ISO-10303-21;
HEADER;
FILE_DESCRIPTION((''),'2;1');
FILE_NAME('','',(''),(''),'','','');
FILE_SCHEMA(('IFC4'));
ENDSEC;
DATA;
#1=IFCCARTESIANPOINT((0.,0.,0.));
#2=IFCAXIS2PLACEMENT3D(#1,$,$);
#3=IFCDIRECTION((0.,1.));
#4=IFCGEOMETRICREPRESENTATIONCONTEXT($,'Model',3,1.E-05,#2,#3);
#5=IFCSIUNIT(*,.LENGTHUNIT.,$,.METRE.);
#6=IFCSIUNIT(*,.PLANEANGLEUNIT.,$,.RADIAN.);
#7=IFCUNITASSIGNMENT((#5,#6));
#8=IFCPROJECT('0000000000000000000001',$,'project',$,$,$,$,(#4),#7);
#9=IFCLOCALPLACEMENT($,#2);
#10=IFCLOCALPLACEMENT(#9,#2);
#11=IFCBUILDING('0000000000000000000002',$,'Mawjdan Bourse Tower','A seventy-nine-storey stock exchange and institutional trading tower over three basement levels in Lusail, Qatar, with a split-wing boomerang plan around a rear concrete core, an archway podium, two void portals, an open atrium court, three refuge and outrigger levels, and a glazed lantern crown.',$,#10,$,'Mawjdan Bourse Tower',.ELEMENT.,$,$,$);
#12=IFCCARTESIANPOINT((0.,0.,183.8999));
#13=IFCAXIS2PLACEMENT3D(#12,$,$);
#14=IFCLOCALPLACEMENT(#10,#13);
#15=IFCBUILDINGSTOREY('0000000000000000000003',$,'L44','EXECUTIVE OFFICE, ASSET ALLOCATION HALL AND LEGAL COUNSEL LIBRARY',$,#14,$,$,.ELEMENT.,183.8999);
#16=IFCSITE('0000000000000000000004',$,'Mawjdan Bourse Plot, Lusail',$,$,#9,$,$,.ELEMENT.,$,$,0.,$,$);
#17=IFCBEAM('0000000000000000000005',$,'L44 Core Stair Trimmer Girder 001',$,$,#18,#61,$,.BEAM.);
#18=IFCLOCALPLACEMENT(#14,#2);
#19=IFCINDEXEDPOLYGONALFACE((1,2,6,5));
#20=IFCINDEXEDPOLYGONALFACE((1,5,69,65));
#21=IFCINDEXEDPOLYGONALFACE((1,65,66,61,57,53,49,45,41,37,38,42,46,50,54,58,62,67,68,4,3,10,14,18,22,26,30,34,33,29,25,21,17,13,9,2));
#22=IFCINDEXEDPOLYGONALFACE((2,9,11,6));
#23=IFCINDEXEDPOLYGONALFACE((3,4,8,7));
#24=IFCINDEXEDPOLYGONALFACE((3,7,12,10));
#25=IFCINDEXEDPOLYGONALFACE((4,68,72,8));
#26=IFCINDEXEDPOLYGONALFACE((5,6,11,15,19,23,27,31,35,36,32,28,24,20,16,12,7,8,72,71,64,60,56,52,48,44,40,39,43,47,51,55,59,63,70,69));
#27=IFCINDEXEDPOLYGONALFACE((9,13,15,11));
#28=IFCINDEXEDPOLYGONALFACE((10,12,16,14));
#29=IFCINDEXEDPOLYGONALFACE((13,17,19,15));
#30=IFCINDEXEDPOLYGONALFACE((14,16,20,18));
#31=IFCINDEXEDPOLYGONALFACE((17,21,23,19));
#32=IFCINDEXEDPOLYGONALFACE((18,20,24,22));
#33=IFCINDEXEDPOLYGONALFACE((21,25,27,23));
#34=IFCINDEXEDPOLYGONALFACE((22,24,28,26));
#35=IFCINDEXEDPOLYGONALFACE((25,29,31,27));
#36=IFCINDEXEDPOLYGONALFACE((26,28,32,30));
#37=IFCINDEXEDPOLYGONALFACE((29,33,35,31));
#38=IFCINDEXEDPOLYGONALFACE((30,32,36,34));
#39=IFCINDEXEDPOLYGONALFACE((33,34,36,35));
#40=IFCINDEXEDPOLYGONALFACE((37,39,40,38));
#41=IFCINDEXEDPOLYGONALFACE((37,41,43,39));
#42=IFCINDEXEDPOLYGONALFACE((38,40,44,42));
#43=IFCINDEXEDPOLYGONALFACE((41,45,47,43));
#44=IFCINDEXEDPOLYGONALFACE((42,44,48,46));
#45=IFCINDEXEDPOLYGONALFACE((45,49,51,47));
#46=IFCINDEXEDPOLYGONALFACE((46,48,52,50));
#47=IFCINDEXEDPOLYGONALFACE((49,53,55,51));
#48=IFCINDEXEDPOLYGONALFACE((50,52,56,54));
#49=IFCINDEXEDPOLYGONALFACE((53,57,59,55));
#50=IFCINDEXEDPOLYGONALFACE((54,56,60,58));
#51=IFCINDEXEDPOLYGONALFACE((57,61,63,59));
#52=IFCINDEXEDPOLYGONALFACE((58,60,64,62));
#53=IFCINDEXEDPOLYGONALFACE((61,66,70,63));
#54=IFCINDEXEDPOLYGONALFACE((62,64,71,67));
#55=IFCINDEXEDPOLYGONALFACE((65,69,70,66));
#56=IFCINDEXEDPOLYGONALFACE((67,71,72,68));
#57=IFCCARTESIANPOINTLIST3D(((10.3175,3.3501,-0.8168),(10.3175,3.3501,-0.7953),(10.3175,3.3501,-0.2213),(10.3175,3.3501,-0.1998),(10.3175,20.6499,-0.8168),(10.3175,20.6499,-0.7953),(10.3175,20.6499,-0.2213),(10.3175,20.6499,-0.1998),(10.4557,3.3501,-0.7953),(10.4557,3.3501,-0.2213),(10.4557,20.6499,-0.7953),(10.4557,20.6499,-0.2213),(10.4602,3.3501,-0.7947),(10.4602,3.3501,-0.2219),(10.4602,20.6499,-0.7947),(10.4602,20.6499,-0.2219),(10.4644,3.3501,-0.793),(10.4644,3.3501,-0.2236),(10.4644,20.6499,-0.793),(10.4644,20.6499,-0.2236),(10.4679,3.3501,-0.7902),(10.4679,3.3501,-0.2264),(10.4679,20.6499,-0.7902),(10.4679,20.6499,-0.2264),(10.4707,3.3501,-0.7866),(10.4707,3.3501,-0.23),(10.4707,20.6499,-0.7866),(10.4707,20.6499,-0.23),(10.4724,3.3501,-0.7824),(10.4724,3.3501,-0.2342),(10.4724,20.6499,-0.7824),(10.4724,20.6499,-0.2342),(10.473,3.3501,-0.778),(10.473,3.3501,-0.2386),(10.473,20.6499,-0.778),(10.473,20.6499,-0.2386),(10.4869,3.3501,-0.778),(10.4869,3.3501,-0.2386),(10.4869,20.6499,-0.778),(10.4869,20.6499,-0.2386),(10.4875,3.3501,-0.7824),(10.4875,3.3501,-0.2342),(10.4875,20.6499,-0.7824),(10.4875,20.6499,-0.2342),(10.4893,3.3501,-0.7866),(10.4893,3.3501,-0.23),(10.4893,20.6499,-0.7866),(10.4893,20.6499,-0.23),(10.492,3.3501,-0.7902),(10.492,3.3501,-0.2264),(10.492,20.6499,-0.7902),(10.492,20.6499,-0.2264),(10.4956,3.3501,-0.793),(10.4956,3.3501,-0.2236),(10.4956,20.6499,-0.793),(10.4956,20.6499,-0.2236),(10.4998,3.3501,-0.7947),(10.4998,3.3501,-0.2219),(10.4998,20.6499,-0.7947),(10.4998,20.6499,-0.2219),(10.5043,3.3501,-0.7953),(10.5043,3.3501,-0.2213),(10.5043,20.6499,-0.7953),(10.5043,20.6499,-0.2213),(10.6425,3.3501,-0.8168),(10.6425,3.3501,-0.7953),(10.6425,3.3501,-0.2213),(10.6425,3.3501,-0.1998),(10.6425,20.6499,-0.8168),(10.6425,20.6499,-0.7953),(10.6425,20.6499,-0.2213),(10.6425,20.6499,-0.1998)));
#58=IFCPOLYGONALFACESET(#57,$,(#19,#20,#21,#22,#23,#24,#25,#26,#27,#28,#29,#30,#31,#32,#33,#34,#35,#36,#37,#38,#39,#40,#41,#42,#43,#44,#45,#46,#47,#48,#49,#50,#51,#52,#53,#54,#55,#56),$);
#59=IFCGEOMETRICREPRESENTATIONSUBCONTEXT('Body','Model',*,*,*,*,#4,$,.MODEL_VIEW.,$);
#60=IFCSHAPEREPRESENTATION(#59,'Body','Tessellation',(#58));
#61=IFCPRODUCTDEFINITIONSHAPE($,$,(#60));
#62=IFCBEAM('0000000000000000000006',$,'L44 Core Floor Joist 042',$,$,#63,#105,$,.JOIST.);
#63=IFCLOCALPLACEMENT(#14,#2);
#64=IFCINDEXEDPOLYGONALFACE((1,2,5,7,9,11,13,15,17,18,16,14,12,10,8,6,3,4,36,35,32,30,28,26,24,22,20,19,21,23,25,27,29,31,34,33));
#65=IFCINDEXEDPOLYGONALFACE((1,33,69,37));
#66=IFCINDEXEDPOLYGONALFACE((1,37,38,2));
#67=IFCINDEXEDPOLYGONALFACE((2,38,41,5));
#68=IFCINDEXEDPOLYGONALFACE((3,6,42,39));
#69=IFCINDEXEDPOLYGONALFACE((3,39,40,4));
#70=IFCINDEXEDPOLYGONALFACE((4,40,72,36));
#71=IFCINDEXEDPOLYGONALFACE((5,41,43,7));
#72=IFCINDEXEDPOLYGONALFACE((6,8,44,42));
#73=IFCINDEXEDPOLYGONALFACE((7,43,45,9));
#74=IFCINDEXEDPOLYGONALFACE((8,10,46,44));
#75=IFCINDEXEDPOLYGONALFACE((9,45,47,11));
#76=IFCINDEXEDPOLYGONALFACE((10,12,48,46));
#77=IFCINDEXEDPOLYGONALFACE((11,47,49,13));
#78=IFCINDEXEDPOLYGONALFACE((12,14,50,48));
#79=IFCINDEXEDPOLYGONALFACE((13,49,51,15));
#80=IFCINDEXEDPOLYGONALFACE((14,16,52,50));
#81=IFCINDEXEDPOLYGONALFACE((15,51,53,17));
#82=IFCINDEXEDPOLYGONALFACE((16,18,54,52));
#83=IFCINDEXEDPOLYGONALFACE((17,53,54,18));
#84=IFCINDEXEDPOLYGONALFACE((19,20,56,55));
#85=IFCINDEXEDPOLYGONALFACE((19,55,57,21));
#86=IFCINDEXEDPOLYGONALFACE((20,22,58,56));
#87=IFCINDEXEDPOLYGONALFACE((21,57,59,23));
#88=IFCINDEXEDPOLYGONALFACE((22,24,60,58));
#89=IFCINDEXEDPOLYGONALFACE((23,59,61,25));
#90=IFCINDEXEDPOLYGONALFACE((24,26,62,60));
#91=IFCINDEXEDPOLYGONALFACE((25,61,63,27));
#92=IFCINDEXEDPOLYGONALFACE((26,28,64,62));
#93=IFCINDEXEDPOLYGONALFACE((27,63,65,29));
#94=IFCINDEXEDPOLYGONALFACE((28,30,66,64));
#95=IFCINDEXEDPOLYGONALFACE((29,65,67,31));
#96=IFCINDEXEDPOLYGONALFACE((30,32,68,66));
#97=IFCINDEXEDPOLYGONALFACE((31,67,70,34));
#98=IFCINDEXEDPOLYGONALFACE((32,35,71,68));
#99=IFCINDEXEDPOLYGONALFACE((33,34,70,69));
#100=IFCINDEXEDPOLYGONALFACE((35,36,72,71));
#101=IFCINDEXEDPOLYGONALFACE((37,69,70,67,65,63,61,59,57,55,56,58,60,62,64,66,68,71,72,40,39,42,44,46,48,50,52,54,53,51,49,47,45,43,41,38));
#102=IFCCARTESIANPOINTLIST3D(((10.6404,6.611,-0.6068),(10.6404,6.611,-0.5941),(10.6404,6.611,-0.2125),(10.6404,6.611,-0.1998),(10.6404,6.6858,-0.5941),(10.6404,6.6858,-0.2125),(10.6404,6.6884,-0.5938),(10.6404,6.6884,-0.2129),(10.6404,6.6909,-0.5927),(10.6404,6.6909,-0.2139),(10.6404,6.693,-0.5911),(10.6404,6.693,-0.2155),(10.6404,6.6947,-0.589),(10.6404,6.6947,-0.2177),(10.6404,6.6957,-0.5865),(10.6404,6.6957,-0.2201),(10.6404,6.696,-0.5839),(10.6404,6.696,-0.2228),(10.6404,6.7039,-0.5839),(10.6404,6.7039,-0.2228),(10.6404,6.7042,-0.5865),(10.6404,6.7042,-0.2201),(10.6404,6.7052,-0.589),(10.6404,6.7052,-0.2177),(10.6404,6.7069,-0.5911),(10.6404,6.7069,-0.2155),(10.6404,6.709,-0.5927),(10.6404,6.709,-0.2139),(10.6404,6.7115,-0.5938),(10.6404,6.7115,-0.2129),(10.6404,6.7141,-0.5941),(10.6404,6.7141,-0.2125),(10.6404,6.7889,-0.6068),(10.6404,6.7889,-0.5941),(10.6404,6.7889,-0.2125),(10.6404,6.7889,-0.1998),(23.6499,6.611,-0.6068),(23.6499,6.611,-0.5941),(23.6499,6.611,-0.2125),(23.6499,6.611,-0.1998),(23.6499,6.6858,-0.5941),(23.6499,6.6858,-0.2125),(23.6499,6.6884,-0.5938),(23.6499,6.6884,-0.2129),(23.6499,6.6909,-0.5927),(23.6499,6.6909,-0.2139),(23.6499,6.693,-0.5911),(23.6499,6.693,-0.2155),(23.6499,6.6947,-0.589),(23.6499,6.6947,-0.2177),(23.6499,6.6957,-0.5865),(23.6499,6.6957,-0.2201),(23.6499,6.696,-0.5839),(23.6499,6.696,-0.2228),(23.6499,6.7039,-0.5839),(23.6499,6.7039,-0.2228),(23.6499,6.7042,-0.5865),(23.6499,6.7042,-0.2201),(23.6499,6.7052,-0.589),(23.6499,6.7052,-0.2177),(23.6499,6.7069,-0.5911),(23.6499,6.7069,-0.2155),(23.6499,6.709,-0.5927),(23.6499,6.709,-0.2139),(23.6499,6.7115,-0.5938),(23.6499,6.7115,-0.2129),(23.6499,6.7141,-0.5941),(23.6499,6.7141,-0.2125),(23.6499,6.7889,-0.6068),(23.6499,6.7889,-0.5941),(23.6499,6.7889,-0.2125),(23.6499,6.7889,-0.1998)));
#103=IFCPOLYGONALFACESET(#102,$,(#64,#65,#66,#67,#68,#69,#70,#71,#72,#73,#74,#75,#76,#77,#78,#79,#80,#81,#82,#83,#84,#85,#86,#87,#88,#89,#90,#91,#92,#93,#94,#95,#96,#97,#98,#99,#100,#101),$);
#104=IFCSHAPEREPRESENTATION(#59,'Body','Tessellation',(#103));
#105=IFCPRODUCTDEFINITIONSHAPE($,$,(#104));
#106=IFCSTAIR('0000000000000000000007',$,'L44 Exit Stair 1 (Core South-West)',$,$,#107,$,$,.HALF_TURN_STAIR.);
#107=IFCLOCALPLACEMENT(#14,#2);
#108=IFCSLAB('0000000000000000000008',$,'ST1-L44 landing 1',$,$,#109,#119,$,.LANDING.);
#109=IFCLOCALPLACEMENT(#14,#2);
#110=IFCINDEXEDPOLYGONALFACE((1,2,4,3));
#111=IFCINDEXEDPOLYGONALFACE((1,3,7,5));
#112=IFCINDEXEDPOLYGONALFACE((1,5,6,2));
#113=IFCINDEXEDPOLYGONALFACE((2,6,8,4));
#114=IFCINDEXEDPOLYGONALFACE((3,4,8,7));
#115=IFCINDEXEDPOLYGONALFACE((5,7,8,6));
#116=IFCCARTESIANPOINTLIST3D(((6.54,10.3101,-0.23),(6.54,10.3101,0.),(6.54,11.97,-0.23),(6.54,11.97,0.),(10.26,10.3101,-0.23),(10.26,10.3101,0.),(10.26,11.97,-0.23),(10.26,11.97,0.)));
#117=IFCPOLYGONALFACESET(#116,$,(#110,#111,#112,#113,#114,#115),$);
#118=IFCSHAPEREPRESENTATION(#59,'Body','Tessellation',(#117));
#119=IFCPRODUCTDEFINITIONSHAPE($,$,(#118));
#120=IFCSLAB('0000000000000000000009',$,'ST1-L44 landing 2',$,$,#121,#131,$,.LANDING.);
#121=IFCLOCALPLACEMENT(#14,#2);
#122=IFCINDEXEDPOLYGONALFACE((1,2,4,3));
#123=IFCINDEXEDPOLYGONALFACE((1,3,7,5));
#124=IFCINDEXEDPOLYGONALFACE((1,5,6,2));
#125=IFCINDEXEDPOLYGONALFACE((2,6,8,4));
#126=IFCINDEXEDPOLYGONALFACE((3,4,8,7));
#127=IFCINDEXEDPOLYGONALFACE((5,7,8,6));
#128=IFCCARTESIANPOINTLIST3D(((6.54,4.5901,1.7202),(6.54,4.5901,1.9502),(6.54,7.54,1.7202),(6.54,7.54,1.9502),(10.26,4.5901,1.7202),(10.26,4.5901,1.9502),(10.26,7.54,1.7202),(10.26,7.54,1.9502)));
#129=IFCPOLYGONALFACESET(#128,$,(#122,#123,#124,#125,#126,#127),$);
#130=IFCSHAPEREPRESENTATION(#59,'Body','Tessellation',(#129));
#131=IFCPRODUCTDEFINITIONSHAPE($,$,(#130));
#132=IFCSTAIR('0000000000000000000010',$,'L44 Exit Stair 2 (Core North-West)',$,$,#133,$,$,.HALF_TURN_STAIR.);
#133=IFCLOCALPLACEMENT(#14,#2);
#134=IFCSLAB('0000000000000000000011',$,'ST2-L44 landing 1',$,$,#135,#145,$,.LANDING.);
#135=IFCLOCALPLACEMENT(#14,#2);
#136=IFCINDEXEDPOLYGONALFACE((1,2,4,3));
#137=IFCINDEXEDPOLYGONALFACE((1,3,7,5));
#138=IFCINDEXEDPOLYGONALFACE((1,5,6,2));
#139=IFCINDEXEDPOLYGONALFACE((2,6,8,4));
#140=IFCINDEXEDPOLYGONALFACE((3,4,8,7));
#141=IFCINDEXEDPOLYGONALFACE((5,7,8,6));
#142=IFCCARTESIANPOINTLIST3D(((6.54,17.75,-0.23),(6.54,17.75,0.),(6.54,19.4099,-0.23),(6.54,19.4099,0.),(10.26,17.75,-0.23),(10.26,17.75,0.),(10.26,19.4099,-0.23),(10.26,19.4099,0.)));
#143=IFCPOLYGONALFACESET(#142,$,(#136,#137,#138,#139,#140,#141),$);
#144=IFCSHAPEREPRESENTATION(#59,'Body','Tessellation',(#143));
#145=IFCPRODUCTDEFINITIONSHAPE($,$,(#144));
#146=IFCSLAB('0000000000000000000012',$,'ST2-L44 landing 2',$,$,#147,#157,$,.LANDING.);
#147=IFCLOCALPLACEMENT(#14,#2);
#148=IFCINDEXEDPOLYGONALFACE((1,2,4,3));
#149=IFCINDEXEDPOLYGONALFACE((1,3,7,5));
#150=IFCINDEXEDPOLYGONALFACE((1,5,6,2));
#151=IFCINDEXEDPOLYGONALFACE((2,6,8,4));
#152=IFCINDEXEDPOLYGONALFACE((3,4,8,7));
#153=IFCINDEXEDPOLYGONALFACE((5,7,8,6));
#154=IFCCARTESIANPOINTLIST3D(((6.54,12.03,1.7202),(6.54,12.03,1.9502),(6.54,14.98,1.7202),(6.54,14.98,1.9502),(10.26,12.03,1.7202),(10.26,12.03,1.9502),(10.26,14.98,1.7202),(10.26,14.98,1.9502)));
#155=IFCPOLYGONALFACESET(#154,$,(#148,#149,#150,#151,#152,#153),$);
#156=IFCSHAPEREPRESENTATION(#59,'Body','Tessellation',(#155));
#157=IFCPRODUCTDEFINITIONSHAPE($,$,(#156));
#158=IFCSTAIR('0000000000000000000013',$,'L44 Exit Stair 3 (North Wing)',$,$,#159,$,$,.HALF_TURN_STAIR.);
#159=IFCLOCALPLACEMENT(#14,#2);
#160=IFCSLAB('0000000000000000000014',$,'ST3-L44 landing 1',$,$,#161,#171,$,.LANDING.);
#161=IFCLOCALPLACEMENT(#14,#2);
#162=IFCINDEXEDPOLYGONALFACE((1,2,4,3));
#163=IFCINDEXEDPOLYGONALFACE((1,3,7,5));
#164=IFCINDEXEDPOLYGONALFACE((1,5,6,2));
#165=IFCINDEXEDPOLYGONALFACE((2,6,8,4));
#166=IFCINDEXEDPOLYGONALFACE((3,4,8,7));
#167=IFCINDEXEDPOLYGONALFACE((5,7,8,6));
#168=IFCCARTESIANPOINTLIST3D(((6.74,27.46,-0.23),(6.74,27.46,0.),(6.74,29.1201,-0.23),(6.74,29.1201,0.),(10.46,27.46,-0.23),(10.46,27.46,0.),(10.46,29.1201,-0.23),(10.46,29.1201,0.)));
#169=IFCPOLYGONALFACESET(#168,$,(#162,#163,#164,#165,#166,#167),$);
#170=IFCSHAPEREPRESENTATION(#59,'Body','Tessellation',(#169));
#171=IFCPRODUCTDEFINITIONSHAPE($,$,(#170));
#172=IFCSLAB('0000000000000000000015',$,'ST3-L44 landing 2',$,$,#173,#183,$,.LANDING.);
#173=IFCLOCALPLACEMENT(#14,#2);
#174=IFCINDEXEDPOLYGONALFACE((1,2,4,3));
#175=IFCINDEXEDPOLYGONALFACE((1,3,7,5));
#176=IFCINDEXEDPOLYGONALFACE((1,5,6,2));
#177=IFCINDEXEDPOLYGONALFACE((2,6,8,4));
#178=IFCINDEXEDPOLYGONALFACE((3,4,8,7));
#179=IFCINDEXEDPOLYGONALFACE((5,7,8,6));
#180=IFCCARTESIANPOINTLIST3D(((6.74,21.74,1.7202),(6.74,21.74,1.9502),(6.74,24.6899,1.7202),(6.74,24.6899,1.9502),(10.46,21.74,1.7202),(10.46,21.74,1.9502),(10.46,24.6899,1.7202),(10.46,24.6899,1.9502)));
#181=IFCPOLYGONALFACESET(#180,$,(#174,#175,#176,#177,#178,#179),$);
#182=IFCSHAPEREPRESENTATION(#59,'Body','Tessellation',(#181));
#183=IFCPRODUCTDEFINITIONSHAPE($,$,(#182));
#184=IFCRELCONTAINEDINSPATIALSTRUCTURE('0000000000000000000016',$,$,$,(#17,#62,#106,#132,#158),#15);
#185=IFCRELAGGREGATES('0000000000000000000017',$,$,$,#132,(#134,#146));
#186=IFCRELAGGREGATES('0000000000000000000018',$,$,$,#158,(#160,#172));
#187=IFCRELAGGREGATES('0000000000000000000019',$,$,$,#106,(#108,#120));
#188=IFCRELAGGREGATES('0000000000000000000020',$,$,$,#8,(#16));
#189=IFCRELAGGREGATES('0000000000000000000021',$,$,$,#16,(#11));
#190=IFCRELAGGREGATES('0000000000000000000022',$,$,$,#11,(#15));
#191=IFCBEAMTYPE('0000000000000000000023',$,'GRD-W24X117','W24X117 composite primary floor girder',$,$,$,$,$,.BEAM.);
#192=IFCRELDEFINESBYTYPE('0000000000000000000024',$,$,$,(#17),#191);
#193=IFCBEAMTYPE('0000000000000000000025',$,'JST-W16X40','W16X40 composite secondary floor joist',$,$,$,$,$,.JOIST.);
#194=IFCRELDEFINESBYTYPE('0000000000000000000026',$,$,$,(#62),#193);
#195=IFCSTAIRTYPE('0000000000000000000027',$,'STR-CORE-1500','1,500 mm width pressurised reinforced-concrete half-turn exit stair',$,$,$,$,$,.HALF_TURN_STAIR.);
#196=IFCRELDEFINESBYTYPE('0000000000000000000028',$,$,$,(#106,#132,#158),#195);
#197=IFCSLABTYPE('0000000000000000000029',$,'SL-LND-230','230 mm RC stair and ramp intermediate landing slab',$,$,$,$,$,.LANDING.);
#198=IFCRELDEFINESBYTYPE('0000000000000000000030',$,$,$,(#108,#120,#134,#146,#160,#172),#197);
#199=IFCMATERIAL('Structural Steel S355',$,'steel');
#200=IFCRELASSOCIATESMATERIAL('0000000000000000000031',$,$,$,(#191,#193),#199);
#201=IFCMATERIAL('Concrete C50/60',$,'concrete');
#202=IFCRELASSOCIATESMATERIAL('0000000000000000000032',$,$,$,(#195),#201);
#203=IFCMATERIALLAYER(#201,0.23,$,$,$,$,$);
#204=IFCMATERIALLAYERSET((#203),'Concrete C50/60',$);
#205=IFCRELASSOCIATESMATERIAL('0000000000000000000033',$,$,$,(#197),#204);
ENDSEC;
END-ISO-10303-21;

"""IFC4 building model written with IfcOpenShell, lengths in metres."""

from ifc_helpers import new_model, si_unit, direction, frame, origin, origin_2d, place, context, subcontext, project, spatial, polyline, i_section, outline, extrude, material, layer, layer_set, material_profile, profile_set, type_object, element, aggregate, save


model = new_model("IFC4")

# Units and contexts
model_context = context("Model", 3, precision=1e-05, world=origin(), true_north=direction((0.0, 1.0)))
body_context = subcontext(model_context, "Body", "Model", "MODEL_VIEW")
ifc_project = project(units=[si_unit("LENGTHUNIT", "METRE"), si_unit("PLANEANGLEUNIT", "RADIAN")], contexts=[model_context])

# Site, building, storey
site_placement = place(None, origin())
site = spatial("IfcSite", under=ifc_project, at=site_placement, Name="Mawjdan Bourse Plot, Lusail", CompositionType="ELEMENT", RefElevation=0.0)
building_placement = place(site_placement, origin())
building = spatial("IfcBuilding", under=site, at=building_placement, Name="Mawjdan Bourse Tower", Description="A seventy-nine-storey stock exchange and institutional trading tower over three basement levels in Lusail, Qatar, with a split-wing boomerang plan around a rear concrete core, an archway podium, two void portals, an open atrium court, three refuge and outrigger levels, and a glazed lantern crown.", LongName="Mawjdan Bourse Tower", CompositionType="ELEMENT")
storey_placement = place(building_placement, frame((0.0, 0.0, 183.8999)))
storey = spatial("IfcBuildingStorey", under=building, at=storey_placement, Name="L44", Description="EXECUTIVE OFFICE, ASSET ALLOCATION HALL AND LEGAL COUNSEL LIBRARY", CompositionType="ELEMENT", Elevation=183.8999)

# Beams
ifc_material_1 = material(Name="Structural Steel S355", Category="steel")
ifc_material_profile_1 = material_profile(ifc_material_1, i_section(OverallWidth=0.325, OverallDepth=0.6169, WebThickness=0.0139, FlangeThickness=0.0215, FilletRadius=0.0173, at=origin_2d()), Name="W24X117")
ifc_profile_set_1 = profile_set([ifc_material_profile_1], Name="Structural Steel S355")
beam_type_1 = type_object("IfcBeamType", Name="GRD-W24X117", Description="W24X117 composite primary floor girder", PredefinedType="BEAM", material=ifc_profile_set_1)
beam_1_placement = place(storey_placement, frame((10.48, 3.3501, -0.5083), z_axis=(0.0, 1.0, 0.0), x_axis=(-1.0, 0.0, 0.0)))
element("IfcBeam", 1, at=beam_1_placement, inside=storey, type_object=beam_type_1, Name="L44 Core Stair Trimmer Girder 001", PredefinedType="BEAM", context=body_context, shape_type="SweptSolid", body=[
    extrude(i_section(OverallWidth=0.325, OverallDepth=0.6169, WebThickness=0.0139, FlangeThickness=0.0215, FilletRadius=0.0173, at=origin_2d()), origin(), (0.0, 0.0, 1.0), 17.2998),
])
ifc_material_profile_2 = material_profile(ifc_material_1, i_section(OverallWidth=0.178, OverallDepth=0.407, WebThickness=0.0078, FlangeThickness=0.0127, FilletRadius=0.0103, at=origin_2d()), Name="W16X40")
ifc_profile_set_2 = profile_set([ifc_material_profile_2], Name="Structural Steel S355")
beam_type_2 = type_object("IfcBeamType", Name="JST-W16X40", Description="W16X40 composite secondary floor joist", PredefinedType="JOIST", material=ifc_profile_set_2)
beam_2_placement = place(storey_placement, frame((10.6404, 6.7, -0.4033), z_axis=(1.0, 0.0, 0.0), x_axis=(0.0, 1.0, 0.0)))
element("IfcBeam", 2, at=beam_2_placement, inside=storey, type_object=beam_type_2, Name="L44 Core Floor Joist 042", PredefinedType="JOIST", context=body_context, shape_type="SweptSolid", body=[
    extrude(i_section(OverallWidth=0.178, OverallDepth=0.407, WebThickness=0.0078, FlangeThickness=0.0127, FilletRadius=0.0103, at=origin_2d()), origin(), (0.0, 0.0, 1.0), 13.0095),
])

# Stairs, slabs
ifc_material_2 = material(Name="Concrete C50/60", Category="concrete")
stair_type = type_object("IfcStairType", Name="STR-CORE-1500", Description="1,500 mm width pressurised reinforced-concrete half-turn exit stair", PredefinedType="HALF_TURN_STAIR", material=ifc_material_2)
stair_1_placement = place(storey_placement, origin())
stair_1 = element("IfcStair", 3, at=stair_1_placement, inside=storey, type_object=stair_type, Name="L44 Exit Stair 1 (Core South-West)", PredefinedType="HALF_TURN_STAIR")
ifc_layer_1 = layer(ifc_material_2, 0.23)
ifc_layer_set_1 = layer_set([ifc_layer_1], Name="Concrete C50/60")
slab_type_1 = type_object("IfcSlabType", Name="SL-LND-230", Description="230 mm RC stair and ramp intermediate landing slab", PredefinedType="LANDING", material=ifc_layer_set_1)
slab_1_placement = place(storey_placement, frame((0.0, 0.0, -0.23)))
slab_1 = element("IfcSlab", 4, at=slab_1_placement, type_object=slab_type_1, Name="ST1-L44 landing 1", PredefinedType="LANDING", context=body_context, shape_type="SweptSolid", body=[
    extrude(outline(polyline([(6.54, 10.3101), (10.26, 10.3101), (10.26, 11.97), (6.54, 11.97), (6.54, 10.3101)])), origin(), (0.0, 0.0, 1.0), 0.23),
])
slab_2_placement = place(storey_placement, frame((0.0, 0.0, 1.7202)))
slab_2 = element("IfcSlab", 5, at=slab_2_placement, type_object=slab_type_1, Name="ST1-L44 landing 2", PredefinedType="LANDING", context=body_context, shape_type="SweptSolid", body=[
    extrude(outline(polyline([(6.54, 4.5901), (10.26, 4.5901), (10.26, 7.54), (6.54, 7.54), (6.54, 4.5901)])), origin(), (0.0, 0.0, 1.0), 0.23),
])
stair_2_placement = place(storey_placement, origin())
stair_2 = element("IfcStair", 6, at=stair_2_placement, inside=storey, type_object=stair_type, Name="L44 Exit Stair 2 (Core North-West)", PredefinedType="HALF_TURN_STAIR")
slab_3_placement = place(storey_placement, frame((0.0, 0.0, -0.23)))
slab_3 = element("IfcSlab", 7, at=slab_3_placement, type_object=slab_type_1, Name="ST2-L44 landing 1", PredefinedType="LANDING", context=body_context, shape_type="SweptSolid", body=[
    extrude(outline(polyline([(6.54, 17.75), (10.26, 17.75), (10.26, 19.4099), (6.54, 19.4099), (6.54, 17.75)])), origin(), (0.0, 0.0, 1.0), 0.23),
])
slab_4_placement = place(storey_placement, frame((0.0, 0.0, 1.7202)))
slab_4 = element("IfcSlab", 8, at=slab_4_placement, type_object=slab_type_1, Name="ST2-L44 landing 2", PredefinedType="LANDING", context=body_context, shape_type="SweptSolid", body=[
    extrude(outline(polyline([(6.54, 12.03), (10.26, 12.03), (10.26, 14.98), (6.54, 14.98), (6.54, 12.03)])), origin(), (0.0, 0.0, 1.0), 0.23),
])
aggregate(stair_2, [slab_3, slab_4])
stair_3_placement = place(storey_placement, origin())
stair_3 = element("IfcStair", 9, at=stair_3_placement, inside=storey, type_object=stair_type, Name="L44 Exit Stair 3 (North Wing)", PredefinedType="HALF_TURN_STAIR")
slab_5_placement = place(storey_placement, frame((0.0, 0.0, -0.23)))
slab_5 = element("IfcSlab", 10, at=slab_5_placement, type_object=slab_type_1, Name="ST3-L44 landing 1", PredefinedType="LANDING", context=body_context, shape_type="SweptSolid", body=[
    extrude(outline(polyline([(6.74, 27.46), (10.46, 27.46), (10.46, 29.1201), (6.74, 29.1201), (6.74, 27.46)])), origin(), (0.0, 0.0, 1.0), 0.23),
])
slab_6_placement = place(storey_placement, frame((0.0, 0.0, 1.7202)))
slab_6 = element("IfcSlab", 11, at=slab_6_placement, type_object=slab_type_1, Name="ST3-L44 landing 2", PredefinedType="LANDING", context=body_context, shape_type="SweptSolid", body=[
    extrude(outline(polyline([(6.74, 21.74), (10.46, 21.74), (10.46, 24.6899), (6.74, 24.6899), (6.74, 21.74)])), origin(), (0.0, 0.0, 1.0), 0.23),
])
aggregate(stair_3, [slab_5, slab_6])

aggregate(stair_1, [slab_1, slab_2])

save(model, "model.ifc")
